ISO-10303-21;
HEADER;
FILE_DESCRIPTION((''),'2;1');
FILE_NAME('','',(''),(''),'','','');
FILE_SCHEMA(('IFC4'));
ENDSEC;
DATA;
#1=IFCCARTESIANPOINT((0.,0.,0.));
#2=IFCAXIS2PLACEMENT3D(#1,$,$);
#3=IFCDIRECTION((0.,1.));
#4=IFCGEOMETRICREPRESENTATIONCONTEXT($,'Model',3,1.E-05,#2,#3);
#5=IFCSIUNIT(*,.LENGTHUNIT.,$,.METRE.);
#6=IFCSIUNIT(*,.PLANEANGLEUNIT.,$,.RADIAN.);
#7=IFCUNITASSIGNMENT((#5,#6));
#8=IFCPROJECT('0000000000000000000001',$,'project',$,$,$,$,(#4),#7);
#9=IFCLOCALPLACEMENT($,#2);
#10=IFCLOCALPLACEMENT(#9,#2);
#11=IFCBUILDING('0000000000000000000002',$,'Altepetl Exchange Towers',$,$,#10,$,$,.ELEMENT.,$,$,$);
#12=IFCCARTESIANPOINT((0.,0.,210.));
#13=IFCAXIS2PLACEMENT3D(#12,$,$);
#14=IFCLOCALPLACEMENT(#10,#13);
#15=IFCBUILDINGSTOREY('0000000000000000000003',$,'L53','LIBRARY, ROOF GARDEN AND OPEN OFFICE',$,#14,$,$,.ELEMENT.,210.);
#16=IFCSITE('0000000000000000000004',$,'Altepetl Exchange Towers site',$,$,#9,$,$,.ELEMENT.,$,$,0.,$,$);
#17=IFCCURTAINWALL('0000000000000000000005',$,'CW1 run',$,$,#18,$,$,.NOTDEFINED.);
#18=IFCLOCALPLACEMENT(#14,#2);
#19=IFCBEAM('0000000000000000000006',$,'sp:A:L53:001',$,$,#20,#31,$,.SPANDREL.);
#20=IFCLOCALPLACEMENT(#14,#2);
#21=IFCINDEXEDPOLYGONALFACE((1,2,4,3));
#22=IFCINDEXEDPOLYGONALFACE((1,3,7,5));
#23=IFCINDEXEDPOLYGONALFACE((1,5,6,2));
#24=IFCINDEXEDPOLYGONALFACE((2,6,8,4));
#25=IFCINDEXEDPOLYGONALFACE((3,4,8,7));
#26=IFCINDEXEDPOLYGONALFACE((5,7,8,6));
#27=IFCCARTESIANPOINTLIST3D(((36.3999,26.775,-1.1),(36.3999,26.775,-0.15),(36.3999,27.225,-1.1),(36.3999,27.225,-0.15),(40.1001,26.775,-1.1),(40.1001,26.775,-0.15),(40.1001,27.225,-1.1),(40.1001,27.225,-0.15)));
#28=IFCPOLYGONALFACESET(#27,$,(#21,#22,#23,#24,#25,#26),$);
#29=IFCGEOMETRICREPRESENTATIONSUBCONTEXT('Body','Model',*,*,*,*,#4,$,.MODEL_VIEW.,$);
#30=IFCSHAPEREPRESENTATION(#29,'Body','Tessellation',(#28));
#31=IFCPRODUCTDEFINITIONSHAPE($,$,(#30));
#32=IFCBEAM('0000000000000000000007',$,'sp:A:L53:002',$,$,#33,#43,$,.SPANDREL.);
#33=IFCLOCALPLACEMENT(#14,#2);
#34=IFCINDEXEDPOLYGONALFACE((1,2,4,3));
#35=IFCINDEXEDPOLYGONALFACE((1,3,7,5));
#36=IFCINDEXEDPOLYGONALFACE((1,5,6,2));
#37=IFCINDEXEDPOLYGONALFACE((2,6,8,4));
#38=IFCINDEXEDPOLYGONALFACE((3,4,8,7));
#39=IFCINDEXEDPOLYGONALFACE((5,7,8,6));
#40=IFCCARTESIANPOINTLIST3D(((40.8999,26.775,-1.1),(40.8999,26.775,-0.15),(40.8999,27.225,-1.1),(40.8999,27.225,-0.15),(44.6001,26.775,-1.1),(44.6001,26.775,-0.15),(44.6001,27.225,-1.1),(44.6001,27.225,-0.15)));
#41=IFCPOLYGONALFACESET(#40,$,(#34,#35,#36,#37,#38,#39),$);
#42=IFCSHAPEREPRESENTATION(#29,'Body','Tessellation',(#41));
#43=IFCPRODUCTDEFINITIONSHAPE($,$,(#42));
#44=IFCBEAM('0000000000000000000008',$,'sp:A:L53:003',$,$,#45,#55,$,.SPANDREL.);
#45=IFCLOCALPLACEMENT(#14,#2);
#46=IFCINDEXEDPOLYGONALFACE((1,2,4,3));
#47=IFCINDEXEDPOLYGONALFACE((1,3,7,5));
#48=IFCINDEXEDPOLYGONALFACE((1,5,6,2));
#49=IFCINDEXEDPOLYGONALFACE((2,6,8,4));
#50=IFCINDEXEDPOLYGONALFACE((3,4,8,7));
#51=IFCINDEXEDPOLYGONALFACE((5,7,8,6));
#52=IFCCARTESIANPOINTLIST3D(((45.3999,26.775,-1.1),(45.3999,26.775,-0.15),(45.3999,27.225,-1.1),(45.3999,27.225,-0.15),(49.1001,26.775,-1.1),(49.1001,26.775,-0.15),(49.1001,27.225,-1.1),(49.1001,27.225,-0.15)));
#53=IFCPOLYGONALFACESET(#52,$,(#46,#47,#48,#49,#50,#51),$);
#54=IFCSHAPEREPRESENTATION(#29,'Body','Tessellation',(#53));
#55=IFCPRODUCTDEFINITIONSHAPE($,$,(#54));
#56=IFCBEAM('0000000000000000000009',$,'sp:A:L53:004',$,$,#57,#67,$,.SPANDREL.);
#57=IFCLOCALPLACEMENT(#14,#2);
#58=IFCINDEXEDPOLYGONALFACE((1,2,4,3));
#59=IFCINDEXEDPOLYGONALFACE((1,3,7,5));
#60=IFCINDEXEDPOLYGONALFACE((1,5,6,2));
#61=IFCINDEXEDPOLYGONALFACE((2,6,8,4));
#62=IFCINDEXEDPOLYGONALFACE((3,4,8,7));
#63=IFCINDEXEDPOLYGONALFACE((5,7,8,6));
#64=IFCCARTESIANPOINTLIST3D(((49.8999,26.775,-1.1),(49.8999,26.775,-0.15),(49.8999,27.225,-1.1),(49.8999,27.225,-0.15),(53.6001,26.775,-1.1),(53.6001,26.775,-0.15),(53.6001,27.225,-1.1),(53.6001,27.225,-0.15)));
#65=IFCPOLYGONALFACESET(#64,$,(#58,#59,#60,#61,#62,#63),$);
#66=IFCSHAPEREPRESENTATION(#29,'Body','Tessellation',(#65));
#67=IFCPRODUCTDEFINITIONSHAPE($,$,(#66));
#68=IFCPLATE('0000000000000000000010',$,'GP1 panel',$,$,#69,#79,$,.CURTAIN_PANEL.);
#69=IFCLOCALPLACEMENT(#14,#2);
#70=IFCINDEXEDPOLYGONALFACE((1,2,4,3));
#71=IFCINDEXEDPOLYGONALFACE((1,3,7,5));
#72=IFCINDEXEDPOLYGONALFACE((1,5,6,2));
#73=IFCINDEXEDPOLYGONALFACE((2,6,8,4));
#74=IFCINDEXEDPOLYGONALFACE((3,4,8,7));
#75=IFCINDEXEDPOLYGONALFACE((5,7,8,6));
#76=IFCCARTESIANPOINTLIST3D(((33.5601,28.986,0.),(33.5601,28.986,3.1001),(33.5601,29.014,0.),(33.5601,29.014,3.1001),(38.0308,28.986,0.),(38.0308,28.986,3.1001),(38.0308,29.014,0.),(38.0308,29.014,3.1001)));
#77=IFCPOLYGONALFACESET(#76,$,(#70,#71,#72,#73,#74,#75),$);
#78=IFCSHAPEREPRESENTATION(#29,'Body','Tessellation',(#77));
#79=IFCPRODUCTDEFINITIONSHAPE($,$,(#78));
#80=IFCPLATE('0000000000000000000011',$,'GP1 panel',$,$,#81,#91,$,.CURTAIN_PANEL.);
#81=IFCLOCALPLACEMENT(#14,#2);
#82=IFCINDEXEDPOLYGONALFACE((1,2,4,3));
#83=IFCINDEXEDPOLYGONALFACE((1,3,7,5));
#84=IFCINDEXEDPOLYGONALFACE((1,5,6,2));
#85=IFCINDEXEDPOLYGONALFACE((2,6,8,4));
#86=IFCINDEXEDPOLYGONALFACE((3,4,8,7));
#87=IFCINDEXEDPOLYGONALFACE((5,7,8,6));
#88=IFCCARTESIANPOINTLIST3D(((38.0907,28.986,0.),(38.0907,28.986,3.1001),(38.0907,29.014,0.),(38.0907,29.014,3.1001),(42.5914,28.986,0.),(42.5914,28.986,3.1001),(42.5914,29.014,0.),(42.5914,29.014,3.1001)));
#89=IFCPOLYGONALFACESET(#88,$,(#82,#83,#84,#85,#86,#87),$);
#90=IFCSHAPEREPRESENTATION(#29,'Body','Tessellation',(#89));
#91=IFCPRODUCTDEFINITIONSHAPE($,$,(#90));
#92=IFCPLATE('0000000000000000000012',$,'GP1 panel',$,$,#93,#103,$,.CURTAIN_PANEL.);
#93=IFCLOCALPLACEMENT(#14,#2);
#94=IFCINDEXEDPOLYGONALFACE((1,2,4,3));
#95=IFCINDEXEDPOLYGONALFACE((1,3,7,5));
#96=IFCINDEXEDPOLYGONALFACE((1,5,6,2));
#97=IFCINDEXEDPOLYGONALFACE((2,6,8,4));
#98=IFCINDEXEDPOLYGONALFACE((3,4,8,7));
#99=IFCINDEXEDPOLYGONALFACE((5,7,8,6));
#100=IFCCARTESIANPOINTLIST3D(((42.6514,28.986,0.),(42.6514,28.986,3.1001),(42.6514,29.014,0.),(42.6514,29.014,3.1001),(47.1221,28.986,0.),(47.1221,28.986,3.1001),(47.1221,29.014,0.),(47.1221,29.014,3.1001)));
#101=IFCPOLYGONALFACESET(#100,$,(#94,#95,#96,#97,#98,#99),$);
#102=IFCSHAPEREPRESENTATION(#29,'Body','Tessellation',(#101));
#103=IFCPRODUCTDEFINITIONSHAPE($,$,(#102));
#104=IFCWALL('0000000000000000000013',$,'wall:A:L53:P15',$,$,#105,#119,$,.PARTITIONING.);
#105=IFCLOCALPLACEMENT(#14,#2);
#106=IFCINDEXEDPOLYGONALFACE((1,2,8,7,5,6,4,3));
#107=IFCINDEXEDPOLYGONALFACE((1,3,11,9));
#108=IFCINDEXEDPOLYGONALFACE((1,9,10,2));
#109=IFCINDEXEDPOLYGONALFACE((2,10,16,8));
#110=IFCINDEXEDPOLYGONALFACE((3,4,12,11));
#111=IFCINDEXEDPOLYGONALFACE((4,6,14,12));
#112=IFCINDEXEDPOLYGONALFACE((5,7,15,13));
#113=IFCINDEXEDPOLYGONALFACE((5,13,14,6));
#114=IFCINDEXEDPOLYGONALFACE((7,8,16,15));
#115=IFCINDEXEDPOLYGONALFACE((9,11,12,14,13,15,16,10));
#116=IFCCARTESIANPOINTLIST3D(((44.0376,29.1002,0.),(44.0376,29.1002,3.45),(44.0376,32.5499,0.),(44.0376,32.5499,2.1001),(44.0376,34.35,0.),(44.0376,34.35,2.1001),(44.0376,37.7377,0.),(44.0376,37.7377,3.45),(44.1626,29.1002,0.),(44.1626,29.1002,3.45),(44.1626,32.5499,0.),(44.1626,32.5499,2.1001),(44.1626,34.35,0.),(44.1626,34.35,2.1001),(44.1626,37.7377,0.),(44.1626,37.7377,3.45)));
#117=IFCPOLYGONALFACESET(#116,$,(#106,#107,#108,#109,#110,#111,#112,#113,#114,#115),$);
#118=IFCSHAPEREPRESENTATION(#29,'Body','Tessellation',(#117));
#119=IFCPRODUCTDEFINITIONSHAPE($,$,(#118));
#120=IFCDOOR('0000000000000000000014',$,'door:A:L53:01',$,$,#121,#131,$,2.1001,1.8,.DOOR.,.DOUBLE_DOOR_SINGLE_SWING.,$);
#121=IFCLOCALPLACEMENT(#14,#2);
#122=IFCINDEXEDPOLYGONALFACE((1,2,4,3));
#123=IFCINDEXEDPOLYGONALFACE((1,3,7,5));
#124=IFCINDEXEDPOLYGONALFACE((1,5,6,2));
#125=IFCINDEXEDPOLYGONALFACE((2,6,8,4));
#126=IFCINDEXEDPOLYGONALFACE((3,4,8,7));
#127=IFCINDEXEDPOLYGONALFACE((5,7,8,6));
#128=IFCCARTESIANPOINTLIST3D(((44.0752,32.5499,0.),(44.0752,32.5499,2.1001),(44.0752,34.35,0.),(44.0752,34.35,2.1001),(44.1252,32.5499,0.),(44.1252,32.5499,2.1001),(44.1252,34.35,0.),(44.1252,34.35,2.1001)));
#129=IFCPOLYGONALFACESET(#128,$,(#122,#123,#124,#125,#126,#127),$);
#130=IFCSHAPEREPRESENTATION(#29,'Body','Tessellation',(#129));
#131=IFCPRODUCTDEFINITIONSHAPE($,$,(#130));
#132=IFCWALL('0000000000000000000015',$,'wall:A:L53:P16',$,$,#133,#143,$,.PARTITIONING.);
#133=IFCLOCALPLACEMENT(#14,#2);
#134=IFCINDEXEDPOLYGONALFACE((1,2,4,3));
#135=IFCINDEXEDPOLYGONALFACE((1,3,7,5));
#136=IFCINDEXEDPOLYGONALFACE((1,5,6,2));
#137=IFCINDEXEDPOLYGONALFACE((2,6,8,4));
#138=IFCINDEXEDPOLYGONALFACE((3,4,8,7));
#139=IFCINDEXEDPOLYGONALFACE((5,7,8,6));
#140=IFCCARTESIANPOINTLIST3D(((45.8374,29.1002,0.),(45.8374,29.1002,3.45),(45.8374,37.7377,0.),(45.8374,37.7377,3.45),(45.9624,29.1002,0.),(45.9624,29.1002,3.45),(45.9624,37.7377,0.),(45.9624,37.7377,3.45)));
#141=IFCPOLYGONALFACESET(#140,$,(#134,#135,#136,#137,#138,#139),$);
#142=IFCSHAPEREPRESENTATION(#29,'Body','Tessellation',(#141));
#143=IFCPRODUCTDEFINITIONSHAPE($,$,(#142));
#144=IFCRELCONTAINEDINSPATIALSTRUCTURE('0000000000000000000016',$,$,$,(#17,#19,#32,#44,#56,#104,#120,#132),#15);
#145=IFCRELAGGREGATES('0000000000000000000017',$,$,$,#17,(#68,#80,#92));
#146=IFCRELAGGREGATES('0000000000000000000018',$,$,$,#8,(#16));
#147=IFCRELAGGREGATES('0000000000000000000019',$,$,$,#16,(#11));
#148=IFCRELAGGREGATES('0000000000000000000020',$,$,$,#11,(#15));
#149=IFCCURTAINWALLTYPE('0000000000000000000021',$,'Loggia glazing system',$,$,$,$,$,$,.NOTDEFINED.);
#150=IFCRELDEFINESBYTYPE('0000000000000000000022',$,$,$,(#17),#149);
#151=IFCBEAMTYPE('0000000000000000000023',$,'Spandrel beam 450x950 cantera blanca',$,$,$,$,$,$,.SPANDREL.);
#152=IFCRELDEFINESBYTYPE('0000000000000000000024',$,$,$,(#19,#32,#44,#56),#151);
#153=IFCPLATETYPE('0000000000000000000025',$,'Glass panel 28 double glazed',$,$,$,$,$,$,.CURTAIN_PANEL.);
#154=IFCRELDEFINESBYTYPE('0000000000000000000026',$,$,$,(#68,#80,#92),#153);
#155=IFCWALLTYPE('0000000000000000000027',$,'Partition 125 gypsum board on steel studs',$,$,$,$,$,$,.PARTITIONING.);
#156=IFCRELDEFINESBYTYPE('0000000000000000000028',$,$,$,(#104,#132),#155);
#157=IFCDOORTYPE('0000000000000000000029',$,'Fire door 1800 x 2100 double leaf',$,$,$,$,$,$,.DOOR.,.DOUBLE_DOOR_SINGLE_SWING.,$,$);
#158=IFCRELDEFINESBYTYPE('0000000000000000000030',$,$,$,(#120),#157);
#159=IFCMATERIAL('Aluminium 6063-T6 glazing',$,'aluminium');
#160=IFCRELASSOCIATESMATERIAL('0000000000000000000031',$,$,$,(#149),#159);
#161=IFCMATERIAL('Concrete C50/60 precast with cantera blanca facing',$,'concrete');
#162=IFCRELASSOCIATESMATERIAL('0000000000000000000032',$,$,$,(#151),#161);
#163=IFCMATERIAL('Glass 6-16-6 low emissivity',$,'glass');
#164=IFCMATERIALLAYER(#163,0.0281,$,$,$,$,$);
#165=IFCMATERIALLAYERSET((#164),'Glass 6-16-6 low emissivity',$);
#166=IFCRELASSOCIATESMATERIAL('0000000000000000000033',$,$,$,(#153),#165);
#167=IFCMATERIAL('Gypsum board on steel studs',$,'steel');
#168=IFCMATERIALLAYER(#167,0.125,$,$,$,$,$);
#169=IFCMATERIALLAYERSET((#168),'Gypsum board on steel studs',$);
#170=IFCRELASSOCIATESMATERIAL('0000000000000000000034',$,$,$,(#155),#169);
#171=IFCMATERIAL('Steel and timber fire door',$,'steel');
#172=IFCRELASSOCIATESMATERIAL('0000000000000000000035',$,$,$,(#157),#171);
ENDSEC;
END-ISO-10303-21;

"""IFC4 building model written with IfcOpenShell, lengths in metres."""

from ifc_helpers import new_model, si_unit, direction, frame, frame_2d, origin, origin_2d, place, context, subcontext, project, spatial, rectangle, extrude, material, layer, layer_set, material_profile, profile_set, type_object, element, fill, aggregate, save


model = new_model("IFC4")

# Units and contexts
model_context = context("Model", 3, precision=1e-05, world=origin(), true_north=direction((0.0, 1.0)))
body_context = subcontext(model_context, "Body", "Model", "MODEL_VIEW")
ifc_project = project(units=[si_unit("LENGTHUNIT", "METRE"), si_unit("PLANEANGLEUNIT", "RADIAN")], contexts=[model_context])

# Site, building, storey
site_placement = place(None, origin())
site = spatial("IfcSite", under=ifc_project, at=site_placement, Name="Altepetl Exchange Towers site", CompositionType="ELEMENT", RefElevation=0.0)
building_placement = place(site_placement, origin())
building = spatial("IfcBuilding", under=site, at=building_placement, Name="Altepetl Exchange Towers", CompositionType="ELEMENT")
storey_placement = place(building_placement, frame((0.0, 0.0, 210.0)))
storey = spatial("IfcBuildingStorey", under=building, at=storey_placement, Name="L53", Description="LIBRARY, ROOF GARDEN AND OPEN OFFICE", CompositionType="ELEMENT", Elevation=210.0)

# Curtain wall
ifc_material_1 = material(Name="Aluminium 6063-T6 glazing", Category="aluminium")
curtain_wall_type = type_object("IfcCurtainWallType", Name="Loggia glazing system", PredefinedType="NOTDEFINED", material=ifc_material_1)
curtain_wall_placement = place(storey_placement, origin())
curtain_wall = element("IfcCurtainWall", 1, at=curtain_wall_placement, inside=storey, type_object=curtain_wall_type, Name="CW1 run", PredefinedType="NOTDEFINED")

# Beams
ifc_material_2 = material(Name="Concrete C50/60 precast with cantera blanca facing", Category="concrete")
ifc_material_profile_1 = material_profile(ifc_material_2, rectangle(XDim=0.45, YDim=0.95, at=origin_2d()), Name="450 x 950")
ifc_profile_set_1 = profile_set([ifc_material_profile_1], Name="Concrete C50/60 precast with cantera blanca facing")
beam_type_1 = type_object("IfcBeamType", Name="Spandrel beam 450x950 cantera blanca", PredefinedType="SPANDREL", material=ifc_profile_set_1)
for number, where, z_axis, x_axis, name in (
    (2, (36.3999, 27.0, -0.625), (1.0, 0.0, 0.0), (0.0, 1.0, 0.0), "sp:A:L53:001"),
    (3, (40.8999, 27.0, -0.625), (1.0, 0.0, 0.0), (0.0, 1.0, 0.0), "sp:A:L53:002"),
    (4, (45.3999, 27.0, -0.625), (1.0, 0.0, 0.0), (0.0, 1.0, 0.0), "sp:A:L53:003"),
    (5, (49.8999, 27.0, -0.625), (1.0, 0.0, 0.0), (0.0, 1.0, 0.0), "sp:A:L53:004"),
):
    element("IfcBeam", number, at=place(storey_placement, frame(where, z_axis=z_axis, x_axis=x_axis)), inside=storey, type_object=beam_type_1, Name=name, PredefinedType="SPANDREL", context=body_context, shape_type="SweptSolid", body=[
        extrude(rectangle(XDim=0.45, YDim=0.95, at=origin_2d()), origin(), (0.0, 0.0, 1.0), 3.7002),
    ])

# Plates
ifc_material_3 = material(Name="Glass 6-16-6 low emissivity", Category="glass")
ifc_layer_1 = layer(ifc_material_3, 0.0281)
ifc_layer_set_1 = layer_set([ifc_layer_1], Name="Glass 6-16-6 low emissivity")
plate_type = type_object("IfcPlateType", Name="Glass panel 28 double glazed", PredefinedType="CURTAIN_PANEL", material=ifc_layer_set_1)
plate_1_placement = place(storey_placement, frame((35.7954, 29.0, 0.0)))
plate_1 = element("IfcPlate", 6, at=plate_1_placement, type_object=plate_type, Name="GP1 panel", PredefinedType="CURTAIN_PANEL", context=body_context, shape_type="SweptSolid", body=[
    extrude(rectangle(XDim=4.4707, YDim=0.0281, at=origin_2d()), origin(), (0.0, 0.0, 1.0), 3.1001),
])
plate_2_placement = place(storey_placement, frame((40.3411, 29.0, 0.0)))
plate_2 = element("IfcPlate", 7, at=plate_2_placement, type_object=plate_type, Name="GP1 panel", PredefinedType="CURTAIN_PANEL", context=body_context, shape_type="SweptSolid", body=[
    extrude(rectangle(XDim=4.5007, YDim=0.0281, at=origin_2d()), origin(), (0.0, 0.0, 1.0), 3.1001),
])
plate_3_placement = place(storey_placement, frame((44.8867, 29.0, 0.0)))
plate_3 = element("IfcPlate", 8, at=plate_3_placement, type_object=plate_type, Name="GP1 panel", PredefinedType="CURTAIN_PANEL", context=body_context, shape_type="SweptSolid", body=[
    extrude(rectangle(XDim=4.4707, YDim=0.0281, at=origin_2d()), origin(), (0.0, 0.0, 1.0), 3.1001),
])
aggregate(curtain_wall, [plate_1, plate_2, plate_3])

# Wall, opening, door
ifc_material_4 = material(Name="Gypsum board on steel studs", Category="steel")
ifc_layer_2 = layer(ifc_material_4, 0.125)
ifc_layer_set_2 = layer_set([ifc_layer_2], Name="Gypsum board on steel studs")
wall_type_1 = type_object("IfcWallType", Name="Partition 125 gypsum board on steel studs", PredefinedType="PARTITIONING", material=ifc_layer_set_2)
wall_1_placement = place(storey_placement, frame((44.1001, 29.1001, 0.0), z_axis=(0.0, 0.0, 1.0), x_axis=(0.0, 1.0, 0.0)))
wall_1 = element("IfcWall", 9, at=wall_1_placement, inside=storey, type_object=wall_type_1, Name="wall:A:L53:P15", PredefinedType="PARTITIONING", context=body_context, shape_type="SweptSolid", body=[
    extrude(rectangle(XDim=8.6375, YDim=0.125, at=frame_2d((4.3188, 0.0))), origin(), (0.0, 0.0, 1.0), 3.45),
])
opening_1_placement = place(wall_1_placement, frame((3.45, 0.0, 0.0)))
opening_1 = element("IfcOpeningElement", 10, at=opening_1_placement, cuts=wall_1, PredefinedType="OPENING", context=body_context, shape_type="SweptSolid", body=[
    extrude(rectangle(XDim=1.8, YDim=2.1001, at=frame_2d((0.8999, 1.05))), frame((0.0, 0.0725, 0.0), z_axis=(0.0, -1.0, 0.0), x_axis=(1.0, 0.0, 0.0)), (0.0, 0.0, 1.0), 0.145),
])
ifc_material_5 = material(Name="Steel and timber fire door", Category="steel")
door_type_1 = type_object("IfcDoorType", Name="Fire door 1800 x 2100 double leaf", OperationType="DOUBLE_DOOR_SINGLE_SWING", PredefinedType="DOOR", material=ifc_material_5)
door_1_placement = place(opening_1_placement, origin())
door_1 = element("IfcDoor", 11, at=door_1_placement, inside=storey, type_object=door_type_1, Name="door:A:L53:01", OperationType="DOUBLE_DOOR_SINGLE_SWING", OverallHeight=2.1001, OverallWidth=1.8, PredefinedType="DOOR", context=body_context, shape_type="SweptSolid", body=[
    extrude(rectangle(XDim=1.8, YDim=2.1001, at=frame_2d((0.8999, 1.05))), frame((0.0, 0.0249, 0.0), z_axis=(0.0, -1.0, 0.0), x_axis=(1.0, 0.0, 0.0)), (0.0, 0.0, 1.0), 0.05),
])
fill(opening_1, door_1)

# Wall
wall_2_placement = place(storey_placement, frame((45.8999, 29.1001, 0.0), z_axis=(0.0, 0.0, 1.0), x_axis=(0.0, 1.0, 0.0)))
element("IfcWall", 12, at=wall_2_placement, inside=storey, type_object=wall_type_1, Name="wall:A:L53:P16", PredefinedType="PARTITIONING", context=body_context, shape_type="SweptSolid", body=[
    extrude(rectangle(XDim=8.6375, YDim=0.125, at=frame_2d((4.3188, 0.0))), origin(), (0.0, 0.0, 1.0), 3.45),
])

save(model, "model.ifc")
